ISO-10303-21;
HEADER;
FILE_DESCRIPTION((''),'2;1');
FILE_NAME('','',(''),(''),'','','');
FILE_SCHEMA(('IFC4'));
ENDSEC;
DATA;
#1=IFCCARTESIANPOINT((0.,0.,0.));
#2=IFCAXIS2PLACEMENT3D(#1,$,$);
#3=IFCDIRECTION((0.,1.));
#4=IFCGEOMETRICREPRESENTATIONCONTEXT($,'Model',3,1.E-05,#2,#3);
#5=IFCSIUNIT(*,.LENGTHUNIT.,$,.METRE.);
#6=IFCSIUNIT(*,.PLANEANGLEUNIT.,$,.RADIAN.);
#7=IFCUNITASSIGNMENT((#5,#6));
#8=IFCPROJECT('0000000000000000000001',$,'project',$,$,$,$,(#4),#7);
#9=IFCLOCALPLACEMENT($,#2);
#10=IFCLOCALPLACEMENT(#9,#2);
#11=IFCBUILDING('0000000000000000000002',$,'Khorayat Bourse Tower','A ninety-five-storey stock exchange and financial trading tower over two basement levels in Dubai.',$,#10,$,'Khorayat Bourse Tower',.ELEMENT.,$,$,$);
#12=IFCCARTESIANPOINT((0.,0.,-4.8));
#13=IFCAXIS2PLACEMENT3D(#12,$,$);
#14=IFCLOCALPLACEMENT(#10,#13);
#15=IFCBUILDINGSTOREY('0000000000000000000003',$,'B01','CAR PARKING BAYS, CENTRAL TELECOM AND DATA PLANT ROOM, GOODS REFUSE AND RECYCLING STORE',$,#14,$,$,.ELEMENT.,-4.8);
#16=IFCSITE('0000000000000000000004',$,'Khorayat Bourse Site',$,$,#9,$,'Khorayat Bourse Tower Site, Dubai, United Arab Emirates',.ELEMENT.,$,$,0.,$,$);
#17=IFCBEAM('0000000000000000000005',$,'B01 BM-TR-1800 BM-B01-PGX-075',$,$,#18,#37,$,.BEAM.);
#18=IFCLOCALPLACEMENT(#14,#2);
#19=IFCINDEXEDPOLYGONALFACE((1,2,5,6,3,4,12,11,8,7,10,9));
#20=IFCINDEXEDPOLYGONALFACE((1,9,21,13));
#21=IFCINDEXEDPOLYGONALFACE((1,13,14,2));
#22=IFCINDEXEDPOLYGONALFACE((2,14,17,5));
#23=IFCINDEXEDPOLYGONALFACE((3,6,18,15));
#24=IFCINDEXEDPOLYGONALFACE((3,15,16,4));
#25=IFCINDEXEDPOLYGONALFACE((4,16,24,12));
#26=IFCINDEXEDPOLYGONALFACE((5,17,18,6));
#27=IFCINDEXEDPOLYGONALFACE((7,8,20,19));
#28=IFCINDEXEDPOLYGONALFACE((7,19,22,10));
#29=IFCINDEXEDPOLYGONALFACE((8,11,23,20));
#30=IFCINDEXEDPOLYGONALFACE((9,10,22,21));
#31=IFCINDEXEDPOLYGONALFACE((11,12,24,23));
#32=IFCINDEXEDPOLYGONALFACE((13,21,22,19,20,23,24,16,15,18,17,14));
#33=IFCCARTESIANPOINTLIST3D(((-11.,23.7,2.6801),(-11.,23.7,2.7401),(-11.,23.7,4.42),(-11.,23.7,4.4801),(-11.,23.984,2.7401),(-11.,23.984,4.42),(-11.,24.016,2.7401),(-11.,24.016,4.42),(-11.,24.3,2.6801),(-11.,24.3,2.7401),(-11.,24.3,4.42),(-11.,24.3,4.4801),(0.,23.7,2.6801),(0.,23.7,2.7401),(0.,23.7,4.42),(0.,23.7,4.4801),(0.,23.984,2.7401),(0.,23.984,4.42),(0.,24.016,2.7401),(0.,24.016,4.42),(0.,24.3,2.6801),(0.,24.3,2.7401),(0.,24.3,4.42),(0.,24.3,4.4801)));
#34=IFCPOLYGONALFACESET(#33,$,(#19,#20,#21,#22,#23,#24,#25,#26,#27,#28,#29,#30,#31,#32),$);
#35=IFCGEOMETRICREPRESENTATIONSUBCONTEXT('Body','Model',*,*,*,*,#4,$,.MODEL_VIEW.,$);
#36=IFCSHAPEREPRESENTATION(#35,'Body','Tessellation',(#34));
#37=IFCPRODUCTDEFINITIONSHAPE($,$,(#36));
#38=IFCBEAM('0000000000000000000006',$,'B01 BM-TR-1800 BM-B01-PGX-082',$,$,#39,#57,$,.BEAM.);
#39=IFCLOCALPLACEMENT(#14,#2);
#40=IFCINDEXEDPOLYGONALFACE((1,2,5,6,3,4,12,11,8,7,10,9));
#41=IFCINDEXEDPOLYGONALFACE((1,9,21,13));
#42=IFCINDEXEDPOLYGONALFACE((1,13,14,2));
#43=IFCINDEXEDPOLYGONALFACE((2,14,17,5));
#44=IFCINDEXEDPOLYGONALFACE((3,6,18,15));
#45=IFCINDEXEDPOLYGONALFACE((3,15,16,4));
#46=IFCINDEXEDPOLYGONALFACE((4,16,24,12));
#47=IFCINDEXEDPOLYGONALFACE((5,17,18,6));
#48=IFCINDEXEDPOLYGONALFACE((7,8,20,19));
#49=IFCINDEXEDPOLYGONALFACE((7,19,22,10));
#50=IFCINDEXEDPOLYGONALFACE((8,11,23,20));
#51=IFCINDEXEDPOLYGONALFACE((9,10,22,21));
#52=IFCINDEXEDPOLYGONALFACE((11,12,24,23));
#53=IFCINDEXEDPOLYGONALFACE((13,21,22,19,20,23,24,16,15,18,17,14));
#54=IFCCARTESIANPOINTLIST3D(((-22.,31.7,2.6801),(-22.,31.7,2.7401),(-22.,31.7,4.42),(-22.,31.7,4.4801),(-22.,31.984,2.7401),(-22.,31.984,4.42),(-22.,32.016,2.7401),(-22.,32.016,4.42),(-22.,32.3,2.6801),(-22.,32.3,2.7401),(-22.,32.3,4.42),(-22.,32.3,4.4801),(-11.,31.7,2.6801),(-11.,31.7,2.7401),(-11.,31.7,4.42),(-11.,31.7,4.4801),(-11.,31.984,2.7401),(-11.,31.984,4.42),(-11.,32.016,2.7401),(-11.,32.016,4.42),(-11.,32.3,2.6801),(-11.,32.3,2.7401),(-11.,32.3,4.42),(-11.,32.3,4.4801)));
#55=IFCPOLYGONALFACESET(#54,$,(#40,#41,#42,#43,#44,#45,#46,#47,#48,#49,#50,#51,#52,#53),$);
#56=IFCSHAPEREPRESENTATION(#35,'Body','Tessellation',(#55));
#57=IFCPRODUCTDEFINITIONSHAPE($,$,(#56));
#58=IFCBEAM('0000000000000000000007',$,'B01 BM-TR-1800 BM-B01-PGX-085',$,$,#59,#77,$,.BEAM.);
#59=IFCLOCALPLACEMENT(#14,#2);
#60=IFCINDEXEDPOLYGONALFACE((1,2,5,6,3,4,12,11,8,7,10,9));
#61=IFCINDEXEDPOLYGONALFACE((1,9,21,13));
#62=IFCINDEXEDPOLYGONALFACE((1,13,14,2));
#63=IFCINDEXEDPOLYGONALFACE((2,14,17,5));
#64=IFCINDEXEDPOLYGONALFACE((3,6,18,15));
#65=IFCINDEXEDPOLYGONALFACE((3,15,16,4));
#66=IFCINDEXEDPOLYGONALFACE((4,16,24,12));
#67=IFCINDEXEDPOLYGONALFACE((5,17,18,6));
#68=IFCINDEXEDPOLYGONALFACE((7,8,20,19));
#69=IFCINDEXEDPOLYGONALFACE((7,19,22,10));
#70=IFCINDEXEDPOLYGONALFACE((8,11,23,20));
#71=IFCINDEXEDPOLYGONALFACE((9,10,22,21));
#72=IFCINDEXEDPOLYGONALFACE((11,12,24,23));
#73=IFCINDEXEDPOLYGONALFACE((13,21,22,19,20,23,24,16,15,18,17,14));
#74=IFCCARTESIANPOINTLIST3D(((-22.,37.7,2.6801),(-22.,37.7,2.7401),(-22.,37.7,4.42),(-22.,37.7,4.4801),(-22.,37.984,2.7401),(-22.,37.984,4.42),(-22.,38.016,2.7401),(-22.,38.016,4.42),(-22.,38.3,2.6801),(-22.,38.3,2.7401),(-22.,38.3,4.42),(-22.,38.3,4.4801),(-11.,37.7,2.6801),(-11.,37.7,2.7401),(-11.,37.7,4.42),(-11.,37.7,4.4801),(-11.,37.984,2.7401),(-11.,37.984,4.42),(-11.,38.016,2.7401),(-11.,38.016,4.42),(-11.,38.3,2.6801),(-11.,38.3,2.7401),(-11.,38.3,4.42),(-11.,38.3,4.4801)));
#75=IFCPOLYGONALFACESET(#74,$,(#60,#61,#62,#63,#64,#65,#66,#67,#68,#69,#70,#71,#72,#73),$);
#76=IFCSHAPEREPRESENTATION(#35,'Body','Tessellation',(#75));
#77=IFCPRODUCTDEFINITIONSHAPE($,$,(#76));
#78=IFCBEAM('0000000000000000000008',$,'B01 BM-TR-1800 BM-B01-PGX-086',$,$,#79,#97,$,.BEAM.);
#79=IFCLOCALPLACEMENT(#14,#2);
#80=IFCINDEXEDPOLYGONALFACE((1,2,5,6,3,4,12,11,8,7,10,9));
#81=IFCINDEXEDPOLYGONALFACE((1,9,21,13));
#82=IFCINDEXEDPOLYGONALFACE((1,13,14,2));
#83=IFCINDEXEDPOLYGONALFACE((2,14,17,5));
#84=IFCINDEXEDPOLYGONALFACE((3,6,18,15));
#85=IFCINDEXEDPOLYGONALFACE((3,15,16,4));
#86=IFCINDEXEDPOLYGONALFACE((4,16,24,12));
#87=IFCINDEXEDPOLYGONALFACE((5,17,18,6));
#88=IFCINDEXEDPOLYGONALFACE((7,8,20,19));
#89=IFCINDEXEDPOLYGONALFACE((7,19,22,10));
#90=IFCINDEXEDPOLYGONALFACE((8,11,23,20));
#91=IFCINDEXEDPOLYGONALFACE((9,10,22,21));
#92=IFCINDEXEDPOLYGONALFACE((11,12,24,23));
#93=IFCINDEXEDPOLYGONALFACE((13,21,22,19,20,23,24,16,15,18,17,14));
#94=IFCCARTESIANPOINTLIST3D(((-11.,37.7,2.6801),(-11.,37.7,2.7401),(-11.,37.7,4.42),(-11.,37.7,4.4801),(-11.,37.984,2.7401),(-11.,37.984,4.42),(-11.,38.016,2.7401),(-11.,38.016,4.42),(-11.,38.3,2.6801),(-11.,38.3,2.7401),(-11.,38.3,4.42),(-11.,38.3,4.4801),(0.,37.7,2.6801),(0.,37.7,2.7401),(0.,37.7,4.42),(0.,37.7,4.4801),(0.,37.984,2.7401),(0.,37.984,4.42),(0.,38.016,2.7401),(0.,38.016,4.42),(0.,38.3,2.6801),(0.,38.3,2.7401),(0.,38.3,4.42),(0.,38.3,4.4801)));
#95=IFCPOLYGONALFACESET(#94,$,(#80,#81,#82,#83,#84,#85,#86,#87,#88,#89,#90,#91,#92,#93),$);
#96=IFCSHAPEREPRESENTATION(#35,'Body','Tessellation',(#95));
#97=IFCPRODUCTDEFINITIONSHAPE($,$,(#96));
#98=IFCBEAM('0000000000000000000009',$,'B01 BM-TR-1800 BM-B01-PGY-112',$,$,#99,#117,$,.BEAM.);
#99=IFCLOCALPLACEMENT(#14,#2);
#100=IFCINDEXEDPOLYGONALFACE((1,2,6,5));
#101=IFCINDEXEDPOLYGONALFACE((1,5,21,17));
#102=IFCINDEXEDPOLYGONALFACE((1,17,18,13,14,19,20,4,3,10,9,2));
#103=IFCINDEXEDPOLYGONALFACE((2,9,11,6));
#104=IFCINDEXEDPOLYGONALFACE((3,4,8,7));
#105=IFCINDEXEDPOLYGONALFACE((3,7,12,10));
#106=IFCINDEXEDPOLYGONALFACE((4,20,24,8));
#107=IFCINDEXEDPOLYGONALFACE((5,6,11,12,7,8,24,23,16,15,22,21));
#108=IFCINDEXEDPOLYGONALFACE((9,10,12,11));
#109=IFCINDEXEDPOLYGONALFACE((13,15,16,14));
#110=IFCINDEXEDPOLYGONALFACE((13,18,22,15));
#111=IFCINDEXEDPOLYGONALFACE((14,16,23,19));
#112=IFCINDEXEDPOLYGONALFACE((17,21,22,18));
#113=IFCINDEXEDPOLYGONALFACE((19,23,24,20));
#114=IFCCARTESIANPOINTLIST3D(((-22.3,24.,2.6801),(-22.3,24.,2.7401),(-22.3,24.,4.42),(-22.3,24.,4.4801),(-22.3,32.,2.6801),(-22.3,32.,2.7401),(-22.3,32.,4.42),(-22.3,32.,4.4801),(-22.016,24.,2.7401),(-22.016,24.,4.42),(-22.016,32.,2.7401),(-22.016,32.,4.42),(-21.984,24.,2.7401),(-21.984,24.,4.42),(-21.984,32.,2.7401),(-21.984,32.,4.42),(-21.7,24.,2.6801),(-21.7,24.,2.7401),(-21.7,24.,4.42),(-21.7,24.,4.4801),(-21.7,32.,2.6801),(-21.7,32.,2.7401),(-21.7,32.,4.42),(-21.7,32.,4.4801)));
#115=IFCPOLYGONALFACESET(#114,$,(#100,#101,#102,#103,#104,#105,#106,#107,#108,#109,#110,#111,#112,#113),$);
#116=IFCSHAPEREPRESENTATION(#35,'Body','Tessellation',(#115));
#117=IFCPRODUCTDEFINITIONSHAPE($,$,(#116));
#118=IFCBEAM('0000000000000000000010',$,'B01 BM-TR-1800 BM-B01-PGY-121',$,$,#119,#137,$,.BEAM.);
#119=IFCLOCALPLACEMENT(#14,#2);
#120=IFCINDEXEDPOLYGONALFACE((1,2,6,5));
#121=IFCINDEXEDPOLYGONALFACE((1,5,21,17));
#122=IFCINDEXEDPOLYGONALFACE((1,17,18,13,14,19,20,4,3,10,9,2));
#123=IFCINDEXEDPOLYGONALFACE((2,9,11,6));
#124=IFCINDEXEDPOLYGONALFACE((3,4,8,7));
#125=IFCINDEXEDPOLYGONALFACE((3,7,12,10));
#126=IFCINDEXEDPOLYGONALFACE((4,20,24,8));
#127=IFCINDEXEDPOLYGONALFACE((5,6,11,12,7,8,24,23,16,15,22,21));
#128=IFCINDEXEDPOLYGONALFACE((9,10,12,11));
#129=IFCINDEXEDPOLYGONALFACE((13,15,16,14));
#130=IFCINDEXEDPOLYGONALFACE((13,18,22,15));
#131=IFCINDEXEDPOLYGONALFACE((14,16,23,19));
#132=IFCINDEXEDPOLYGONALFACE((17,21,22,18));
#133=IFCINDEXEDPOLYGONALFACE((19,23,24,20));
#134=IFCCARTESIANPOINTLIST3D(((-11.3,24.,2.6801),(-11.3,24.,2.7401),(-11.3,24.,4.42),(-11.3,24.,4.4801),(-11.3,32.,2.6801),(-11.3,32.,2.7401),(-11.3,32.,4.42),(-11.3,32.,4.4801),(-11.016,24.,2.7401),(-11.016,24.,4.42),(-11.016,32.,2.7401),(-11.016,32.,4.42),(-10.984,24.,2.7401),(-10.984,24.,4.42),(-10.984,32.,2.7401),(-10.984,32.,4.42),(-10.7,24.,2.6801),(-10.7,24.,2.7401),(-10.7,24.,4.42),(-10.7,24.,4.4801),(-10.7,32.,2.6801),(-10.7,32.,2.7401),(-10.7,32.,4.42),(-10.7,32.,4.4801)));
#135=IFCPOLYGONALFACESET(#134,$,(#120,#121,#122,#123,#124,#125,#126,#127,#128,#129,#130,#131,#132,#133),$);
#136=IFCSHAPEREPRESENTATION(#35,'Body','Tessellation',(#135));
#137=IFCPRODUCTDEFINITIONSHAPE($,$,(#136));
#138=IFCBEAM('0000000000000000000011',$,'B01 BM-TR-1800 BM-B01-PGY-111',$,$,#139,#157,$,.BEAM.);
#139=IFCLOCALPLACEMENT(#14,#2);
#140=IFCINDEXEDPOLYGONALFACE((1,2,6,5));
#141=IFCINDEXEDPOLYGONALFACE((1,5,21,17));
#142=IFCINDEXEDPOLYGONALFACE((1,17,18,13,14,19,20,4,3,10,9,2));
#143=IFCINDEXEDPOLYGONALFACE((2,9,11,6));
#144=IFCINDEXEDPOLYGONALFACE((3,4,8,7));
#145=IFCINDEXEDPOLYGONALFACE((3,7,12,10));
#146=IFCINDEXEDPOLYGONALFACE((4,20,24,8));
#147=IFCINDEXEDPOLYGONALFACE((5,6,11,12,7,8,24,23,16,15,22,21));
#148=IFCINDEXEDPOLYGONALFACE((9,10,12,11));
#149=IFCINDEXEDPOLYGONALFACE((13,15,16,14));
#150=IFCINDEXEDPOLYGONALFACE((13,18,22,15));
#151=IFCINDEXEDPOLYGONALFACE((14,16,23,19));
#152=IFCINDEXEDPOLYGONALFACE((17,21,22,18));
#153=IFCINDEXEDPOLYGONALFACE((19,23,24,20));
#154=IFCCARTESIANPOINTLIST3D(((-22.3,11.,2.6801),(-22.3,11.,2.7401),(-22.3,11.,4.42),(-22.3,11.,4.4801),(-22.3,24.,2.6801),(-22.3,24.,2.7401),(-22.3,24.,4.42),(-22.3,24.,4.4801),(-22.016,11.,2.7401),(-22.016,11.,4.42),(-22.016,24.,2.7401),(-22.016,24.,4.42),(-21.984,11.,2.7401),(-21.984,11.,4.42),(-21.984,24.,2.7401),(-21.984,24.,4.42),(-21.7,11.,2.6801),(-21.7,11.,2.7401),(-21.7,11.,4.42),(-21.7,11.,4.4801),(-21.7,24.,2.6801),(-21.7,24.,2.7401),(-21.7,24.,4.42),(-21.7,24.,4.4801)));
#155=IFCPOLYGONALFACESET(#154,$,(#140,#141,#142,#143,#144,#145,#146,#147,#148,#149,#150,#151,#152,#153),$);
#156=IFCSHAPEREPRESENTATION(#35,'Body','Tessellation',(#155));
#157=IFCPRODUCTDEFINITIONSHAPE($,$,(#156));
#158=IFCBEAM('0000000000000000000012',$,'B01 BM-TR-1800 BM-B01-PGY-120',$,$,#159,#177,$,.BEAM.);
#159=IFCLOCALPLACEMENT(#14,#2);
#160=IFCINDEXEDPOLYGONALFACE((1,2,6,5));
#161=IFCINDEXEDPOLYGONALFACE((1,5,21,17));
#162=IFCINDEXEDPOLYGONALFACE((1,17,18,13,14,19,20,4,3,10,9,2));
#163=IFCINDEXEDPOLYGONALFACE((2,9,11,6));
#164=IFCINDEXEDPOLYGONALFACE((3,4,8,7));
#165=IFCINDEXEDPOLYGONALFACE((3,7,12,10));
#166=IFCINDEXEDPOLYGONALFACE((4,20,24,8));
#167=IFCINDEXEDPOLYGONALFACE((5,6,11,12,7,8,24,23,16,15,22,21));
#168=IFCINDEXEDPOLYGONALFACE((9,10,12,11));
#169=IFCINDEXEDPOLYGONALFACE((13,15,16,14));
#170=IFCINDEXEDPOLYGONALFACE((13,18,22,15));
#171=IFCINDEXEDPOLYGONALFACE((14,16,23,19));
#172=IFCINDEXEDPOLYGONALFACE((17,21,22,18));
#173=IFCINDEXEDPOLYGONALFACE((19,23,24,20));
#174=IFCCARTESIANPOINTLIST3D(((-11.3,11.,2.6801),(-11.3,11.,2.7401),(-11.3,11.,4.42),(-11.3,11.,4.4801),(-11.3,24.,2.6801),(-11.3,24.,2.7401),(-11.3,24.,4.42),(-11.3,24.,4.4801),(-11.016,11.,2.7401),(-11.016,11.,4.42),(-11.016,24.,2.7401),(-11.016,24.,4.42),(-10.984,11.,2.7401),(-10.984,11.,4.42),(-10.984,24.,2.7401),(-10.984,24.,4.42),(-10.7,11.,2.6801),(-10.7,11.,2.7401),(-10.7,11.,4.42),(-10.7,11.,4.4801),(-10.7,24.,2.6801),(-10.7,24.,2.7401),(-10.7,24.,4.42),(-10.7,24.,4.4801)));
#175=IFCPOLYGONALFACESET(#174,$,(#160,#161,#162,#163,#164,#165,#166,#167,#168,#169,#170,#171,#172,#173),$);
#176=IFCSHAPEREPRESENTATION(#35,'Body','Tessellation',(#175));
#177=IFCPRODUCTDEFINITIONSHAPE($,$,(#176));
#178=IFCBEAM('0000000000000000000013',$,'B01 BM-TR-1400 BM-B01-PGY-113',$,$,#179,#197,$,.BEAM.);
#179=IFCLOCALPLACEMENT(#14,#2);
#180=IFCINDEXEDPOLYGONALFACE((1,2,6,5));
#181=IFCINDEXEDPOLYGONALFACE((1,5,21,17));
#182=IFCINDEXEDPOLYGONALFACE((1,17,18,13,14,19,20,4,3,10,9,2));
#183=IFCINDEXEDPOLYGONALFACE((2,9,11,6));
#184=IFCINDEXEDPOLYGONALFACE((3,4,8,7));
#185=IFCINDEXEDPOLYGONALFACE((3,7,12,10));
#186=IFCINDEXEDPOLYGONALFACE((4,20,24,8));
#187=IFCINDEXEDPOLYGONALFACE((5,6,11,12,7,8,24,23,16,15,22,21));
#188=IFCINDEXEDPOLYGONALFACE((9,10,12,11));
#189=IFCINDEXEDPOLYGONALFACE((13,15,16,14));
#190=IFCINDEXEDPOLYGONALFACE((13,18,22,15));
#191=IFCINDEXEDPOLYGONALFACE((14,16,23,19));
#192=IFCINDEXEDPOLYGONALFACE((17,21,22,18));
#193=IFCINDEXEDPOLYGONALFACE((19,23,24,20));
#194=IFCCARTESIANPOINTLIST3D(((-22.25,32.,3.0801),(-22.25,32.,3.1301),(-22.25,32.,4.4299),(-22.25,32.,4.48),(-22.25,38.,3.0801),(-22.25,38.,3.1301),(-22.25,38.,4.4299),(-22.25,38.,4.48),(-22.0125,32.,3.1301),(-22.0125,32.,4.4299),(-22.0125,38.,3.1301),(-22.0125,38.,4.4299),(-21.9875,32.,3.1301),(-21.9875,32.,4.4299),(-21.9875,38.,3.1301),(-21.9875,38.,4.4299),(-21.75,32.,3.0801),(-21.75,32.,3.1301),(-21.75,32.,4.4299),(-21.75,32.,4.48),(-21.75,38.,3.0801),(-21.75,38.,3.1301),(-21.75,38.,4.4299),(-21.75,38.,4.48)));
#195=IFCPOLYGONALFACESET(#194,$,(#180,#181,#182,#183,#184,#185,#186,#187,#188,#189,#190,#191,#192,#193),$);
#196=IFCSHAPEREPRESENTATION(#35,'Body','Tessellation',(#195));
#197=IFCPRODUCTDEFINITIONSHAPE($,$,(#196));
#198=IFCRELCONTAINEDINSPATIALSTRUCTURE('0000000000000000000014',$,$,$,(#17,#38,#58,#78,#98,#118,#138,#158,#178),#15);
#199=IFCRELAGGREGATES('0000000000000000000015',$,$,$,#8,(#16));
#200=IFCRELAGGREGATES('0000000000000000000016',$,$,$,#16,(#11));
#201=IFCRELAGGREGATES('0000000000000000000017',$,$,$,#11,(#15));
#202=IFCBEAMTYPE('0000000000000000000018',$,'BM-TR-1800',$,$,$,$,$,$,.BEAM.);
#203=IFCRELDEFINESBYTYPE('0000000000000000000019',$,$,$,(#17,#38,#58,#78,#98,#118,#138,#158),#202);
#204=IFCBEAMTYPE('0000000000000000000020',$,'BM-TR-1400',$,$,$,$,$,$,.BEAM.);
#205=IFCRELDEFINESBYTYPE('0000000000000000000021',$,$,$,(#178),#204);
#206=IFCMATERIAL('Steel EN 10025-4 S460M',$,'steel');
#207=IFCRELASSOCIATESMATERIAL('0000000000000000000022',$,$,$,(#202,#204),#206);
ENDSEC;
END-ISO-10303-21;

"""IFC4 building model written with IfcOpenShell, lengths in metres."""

from ifc_helpers import new_model, si_unit, direction, frame, origin, origin_2d, place, context, subcontext, project, spatial, i_section, extrude, source, transform, mapped, material, material_profile, profile_set, type_object, element, save


model = new_model("IFC4")

# Units and contexts
model_context = context("Model", 3, precision=1e-05, world=origin(), true_north=direction((0.0, 1.0)))
body_context = subcontext(model_context, "Body", "Model", "MODEL_VIEW")
ifc_project = project(units=[si_unit("LENGTHUNIT", "METRE"), si_unit("PLANEANGLEUNIT", "RADIAN")], contexts=[model_context])

# Site, building, storey
site_placement = place(None, origin())
site = spatial("IfcSite", under=ifc_project, at=site_placement, Name="Khorayat Bourse Site", LongName="Khorayat Bourse Tower Site, Dubai, United Arab Emirates", CompositionType="ELEMENT", RefElevation=0.0)
building_placement = place(site_placement, origin())
building = spatial("IfcBuilding", under=site, at=building_placement, Name="Khorayat Bourse Tower", Description="A ninety-five-storey stock exchange and financial trading tower over two basement levels in Dubai.", LongName="Khorayat Bourse Tower", CompositionType="ELEMENT")
storey_placement = place(building_placement, frame((0.0, 0.0, -4.8)))
storey = spatial("IfcBuildingStorey", under=building, at=storey_placement, Name="B01", Description="CAR PARKING BAYS, CENTRAL TELECOM AND DATA PLANT ROOM, GOODS REFUSE AND RECYCLING STORE", CompositionType="ELEMENT", Elevation=-4.8)

# Beams
ifc_material_1 = material(Name="Steel EN 10025-4 S460M", Category="steel")
ifc_material_profile_1 = material_profile(ifc_material_1, i_section(OverallWidth=0.6001, OverallDepth=1.8, WebThickness=0.032, FlangeThickness=0.0601, at=origin_2d()), Name="PG 1800x600x32x60")
ifc_profile_set_1 = profile_set([ifc_material_profile_1], Name="Steel EN 10025-4 S460M")
beam_type_1 = type_object("IfcBeamType", Name="BM-TR-1800", PredefinedType="BEAM", material=ifc_profile_set_1)
shared_shape_1 = source(origin(), body_context, "Body", "SweptSolid", [
    extrude(i_section(OverallWidth=0.6001, OverallDepth=1.8, WebThickness=0.032, FlangeThickness=0.0601, at=origin_2d()), origin(), (0.0, 0.0, 1.0), 11.0),
])
for number, where, z_axis, x_axis, name in (
    (1, (-11.0, 24.0, 3.5801), (1.0, 0.0, 0.0), (0.0, 1.0, 0.0), "B01 BM-TR-1800 BM-B01-PGX-075"),
    (2, (-22.0, 32.0, 3.5801), (1.0, 0.0, 0.0), (0.0, 1.0, 0.0), "B01 BM-TR-1800 BM-B01-PGX-082"),
    (3, (-22.0, 38.0, 3.5801), (1.0, 0.0, 0.0), (0.0, 1.0, 0.0), "B01 BM-TR-1800 BM-B01-PGX-085"),
    (4, (-11.0, 38.0, 3.5801), (1.0, 0.0, 0.0), (0.0, 1.0, 0.0), "B01 BM-TR-1800 BM-B01-PGX-086"),
):
    element("IfcBeam", number, at=place(storey_placement, frame(where, z_axis=z_axis, x_axis=x_axis)), inside=storey, type_object=beam_type_1, Name=name, PredefinedType="BEAM", context=body_context, shape_type="MappedRepresentation", body=[
        mapped(shared_shape_1, transform((0.0, 0.0, 0.0), scale=1.0)),
    ])
shared_shape_2 = source(origin(), body_context, "Body", "SweptSolid", [
    extrude(i_section(OverallWidth=0.6001, OverallDepth=1.8, WebThickness=0.032, FlangeThickness=0.0601, at=origin_2d()), origin(), (0.0, 0.0, 1.0), 8.0),
])
for number, where, z_axis, x_axis, name in (
    (5, (-22.0, 24.0, 3.5801), (0.0, 1.0, 0.0), (-1.0, 0.0, 0.0), "B01 BM-TR-1800 BM-B01-PGY-112"),
    (6, (-11.0, 24.0, 3.5801), (0.0, 1.0, 0.0), (-1.0, 0.0, 0.0), "B01 BM-TR-1800 BM-B01-PGY-121"),
):
    element("IfcBeam", number, at=place(storey_placement, frame(where, z_axis=z_axis, x_axis=x_axis)), inside=storey, type_object=beam_type_1, Name=name, PredefinedType="BEAM", context=body_context, shape_type="MappedRepresentation", body=[
        mapped(shared_shape_2, transform((0.0, 0.0, 0.0), scale=1.0)),
    ])
shared_shape_3 = source(origin(), body_context, "Body", "SweptSolid", [
    extrude(i_section(OverallWidth=0.6001, OverallDepth=1.8, WebThickness=0.032, FlangeThickness=0.0601, at=origin_2d()), origin(), (0.0, 0.0, 1.0), 13.0),
])
for number, where, z_axis, x_axis, name in (
    (7, (-22.0, 11.0, 3.5801), (0.0, 1.0, 0.0), (-1.0, 0.0, 0.0), "B01 BM-TR-1800 BM-B01-PGY-111"),
    (8, (-11.0, 11.0, 3.5801), (0.0, 1.0, 0.0), (-1.0, 0.0, 0.0), "B01 BM-TR-1800 BM-B01-PGY-120"),
):
    element("IfcBeam", number, at=place(storey_placement, frame(where, z_axis=z_axis, x_axis=x_axis)), inside=storey, type_object=beam_type_1, Name=name, PredefinedType="BEAM", context=body_context, shape_type="MappedRepresentation", body=[
        mapped(shared_shape_3, transform((0.0, 0.0, 0.0), scale=1.0)),
    ])
ifc_material_profile_2 = material_profile(ifc_material_1, i_section(OverallWidth=0.5, OverallDepth=1.3999, WebThickness=0.0249, FlangeThickness=0.05, at=origin_2d()), Name="PG 1400x500x25x50")
ifc_profile_set_2 = profile_set([ifc_material_profile_2], Name="Steel EN 10025-4 S460M")
beam_type_2 = type_object("IfcBeamType", Name="BM-TR-1400", PredefinedType="BEAM", material=ifc_profile_set_2)
shared_shape_4 = source(origin(), body_context, "Body", "SweptSolid", [
    extrude(i_section(OverallWidth=0.5, OverallDepth=1.3999, WebThickness=0.0249, FlangeThickness=0.05, at=origin_2d()), origin(), (0.0, 0.0, 1.0), 6.0),
])
for number, where, z_axis, x_axis, name in (
    (9, (-22.0, 32.0, 3.78), (0.0, 1.0, 0.0), (-1.0, 0.0, 0.0), "B01 BM-TR-1400 BM-B01-PGY-113"),
):
    element("IfcBeam", number, at=place(storey_placement, frame(where, z_axis=z_axis, x_axis=x_axis)), inside=storey, type_object=beam_type_2, Name=name, PredefinedType="BEAM", context=body_context, shape_type="MappedRepresentation", body=[
        mapped(shared_shape_4, transform((0.0, 0.0, 0.0), scale=1.0)),
    ])

save(model, "model.ifc")
